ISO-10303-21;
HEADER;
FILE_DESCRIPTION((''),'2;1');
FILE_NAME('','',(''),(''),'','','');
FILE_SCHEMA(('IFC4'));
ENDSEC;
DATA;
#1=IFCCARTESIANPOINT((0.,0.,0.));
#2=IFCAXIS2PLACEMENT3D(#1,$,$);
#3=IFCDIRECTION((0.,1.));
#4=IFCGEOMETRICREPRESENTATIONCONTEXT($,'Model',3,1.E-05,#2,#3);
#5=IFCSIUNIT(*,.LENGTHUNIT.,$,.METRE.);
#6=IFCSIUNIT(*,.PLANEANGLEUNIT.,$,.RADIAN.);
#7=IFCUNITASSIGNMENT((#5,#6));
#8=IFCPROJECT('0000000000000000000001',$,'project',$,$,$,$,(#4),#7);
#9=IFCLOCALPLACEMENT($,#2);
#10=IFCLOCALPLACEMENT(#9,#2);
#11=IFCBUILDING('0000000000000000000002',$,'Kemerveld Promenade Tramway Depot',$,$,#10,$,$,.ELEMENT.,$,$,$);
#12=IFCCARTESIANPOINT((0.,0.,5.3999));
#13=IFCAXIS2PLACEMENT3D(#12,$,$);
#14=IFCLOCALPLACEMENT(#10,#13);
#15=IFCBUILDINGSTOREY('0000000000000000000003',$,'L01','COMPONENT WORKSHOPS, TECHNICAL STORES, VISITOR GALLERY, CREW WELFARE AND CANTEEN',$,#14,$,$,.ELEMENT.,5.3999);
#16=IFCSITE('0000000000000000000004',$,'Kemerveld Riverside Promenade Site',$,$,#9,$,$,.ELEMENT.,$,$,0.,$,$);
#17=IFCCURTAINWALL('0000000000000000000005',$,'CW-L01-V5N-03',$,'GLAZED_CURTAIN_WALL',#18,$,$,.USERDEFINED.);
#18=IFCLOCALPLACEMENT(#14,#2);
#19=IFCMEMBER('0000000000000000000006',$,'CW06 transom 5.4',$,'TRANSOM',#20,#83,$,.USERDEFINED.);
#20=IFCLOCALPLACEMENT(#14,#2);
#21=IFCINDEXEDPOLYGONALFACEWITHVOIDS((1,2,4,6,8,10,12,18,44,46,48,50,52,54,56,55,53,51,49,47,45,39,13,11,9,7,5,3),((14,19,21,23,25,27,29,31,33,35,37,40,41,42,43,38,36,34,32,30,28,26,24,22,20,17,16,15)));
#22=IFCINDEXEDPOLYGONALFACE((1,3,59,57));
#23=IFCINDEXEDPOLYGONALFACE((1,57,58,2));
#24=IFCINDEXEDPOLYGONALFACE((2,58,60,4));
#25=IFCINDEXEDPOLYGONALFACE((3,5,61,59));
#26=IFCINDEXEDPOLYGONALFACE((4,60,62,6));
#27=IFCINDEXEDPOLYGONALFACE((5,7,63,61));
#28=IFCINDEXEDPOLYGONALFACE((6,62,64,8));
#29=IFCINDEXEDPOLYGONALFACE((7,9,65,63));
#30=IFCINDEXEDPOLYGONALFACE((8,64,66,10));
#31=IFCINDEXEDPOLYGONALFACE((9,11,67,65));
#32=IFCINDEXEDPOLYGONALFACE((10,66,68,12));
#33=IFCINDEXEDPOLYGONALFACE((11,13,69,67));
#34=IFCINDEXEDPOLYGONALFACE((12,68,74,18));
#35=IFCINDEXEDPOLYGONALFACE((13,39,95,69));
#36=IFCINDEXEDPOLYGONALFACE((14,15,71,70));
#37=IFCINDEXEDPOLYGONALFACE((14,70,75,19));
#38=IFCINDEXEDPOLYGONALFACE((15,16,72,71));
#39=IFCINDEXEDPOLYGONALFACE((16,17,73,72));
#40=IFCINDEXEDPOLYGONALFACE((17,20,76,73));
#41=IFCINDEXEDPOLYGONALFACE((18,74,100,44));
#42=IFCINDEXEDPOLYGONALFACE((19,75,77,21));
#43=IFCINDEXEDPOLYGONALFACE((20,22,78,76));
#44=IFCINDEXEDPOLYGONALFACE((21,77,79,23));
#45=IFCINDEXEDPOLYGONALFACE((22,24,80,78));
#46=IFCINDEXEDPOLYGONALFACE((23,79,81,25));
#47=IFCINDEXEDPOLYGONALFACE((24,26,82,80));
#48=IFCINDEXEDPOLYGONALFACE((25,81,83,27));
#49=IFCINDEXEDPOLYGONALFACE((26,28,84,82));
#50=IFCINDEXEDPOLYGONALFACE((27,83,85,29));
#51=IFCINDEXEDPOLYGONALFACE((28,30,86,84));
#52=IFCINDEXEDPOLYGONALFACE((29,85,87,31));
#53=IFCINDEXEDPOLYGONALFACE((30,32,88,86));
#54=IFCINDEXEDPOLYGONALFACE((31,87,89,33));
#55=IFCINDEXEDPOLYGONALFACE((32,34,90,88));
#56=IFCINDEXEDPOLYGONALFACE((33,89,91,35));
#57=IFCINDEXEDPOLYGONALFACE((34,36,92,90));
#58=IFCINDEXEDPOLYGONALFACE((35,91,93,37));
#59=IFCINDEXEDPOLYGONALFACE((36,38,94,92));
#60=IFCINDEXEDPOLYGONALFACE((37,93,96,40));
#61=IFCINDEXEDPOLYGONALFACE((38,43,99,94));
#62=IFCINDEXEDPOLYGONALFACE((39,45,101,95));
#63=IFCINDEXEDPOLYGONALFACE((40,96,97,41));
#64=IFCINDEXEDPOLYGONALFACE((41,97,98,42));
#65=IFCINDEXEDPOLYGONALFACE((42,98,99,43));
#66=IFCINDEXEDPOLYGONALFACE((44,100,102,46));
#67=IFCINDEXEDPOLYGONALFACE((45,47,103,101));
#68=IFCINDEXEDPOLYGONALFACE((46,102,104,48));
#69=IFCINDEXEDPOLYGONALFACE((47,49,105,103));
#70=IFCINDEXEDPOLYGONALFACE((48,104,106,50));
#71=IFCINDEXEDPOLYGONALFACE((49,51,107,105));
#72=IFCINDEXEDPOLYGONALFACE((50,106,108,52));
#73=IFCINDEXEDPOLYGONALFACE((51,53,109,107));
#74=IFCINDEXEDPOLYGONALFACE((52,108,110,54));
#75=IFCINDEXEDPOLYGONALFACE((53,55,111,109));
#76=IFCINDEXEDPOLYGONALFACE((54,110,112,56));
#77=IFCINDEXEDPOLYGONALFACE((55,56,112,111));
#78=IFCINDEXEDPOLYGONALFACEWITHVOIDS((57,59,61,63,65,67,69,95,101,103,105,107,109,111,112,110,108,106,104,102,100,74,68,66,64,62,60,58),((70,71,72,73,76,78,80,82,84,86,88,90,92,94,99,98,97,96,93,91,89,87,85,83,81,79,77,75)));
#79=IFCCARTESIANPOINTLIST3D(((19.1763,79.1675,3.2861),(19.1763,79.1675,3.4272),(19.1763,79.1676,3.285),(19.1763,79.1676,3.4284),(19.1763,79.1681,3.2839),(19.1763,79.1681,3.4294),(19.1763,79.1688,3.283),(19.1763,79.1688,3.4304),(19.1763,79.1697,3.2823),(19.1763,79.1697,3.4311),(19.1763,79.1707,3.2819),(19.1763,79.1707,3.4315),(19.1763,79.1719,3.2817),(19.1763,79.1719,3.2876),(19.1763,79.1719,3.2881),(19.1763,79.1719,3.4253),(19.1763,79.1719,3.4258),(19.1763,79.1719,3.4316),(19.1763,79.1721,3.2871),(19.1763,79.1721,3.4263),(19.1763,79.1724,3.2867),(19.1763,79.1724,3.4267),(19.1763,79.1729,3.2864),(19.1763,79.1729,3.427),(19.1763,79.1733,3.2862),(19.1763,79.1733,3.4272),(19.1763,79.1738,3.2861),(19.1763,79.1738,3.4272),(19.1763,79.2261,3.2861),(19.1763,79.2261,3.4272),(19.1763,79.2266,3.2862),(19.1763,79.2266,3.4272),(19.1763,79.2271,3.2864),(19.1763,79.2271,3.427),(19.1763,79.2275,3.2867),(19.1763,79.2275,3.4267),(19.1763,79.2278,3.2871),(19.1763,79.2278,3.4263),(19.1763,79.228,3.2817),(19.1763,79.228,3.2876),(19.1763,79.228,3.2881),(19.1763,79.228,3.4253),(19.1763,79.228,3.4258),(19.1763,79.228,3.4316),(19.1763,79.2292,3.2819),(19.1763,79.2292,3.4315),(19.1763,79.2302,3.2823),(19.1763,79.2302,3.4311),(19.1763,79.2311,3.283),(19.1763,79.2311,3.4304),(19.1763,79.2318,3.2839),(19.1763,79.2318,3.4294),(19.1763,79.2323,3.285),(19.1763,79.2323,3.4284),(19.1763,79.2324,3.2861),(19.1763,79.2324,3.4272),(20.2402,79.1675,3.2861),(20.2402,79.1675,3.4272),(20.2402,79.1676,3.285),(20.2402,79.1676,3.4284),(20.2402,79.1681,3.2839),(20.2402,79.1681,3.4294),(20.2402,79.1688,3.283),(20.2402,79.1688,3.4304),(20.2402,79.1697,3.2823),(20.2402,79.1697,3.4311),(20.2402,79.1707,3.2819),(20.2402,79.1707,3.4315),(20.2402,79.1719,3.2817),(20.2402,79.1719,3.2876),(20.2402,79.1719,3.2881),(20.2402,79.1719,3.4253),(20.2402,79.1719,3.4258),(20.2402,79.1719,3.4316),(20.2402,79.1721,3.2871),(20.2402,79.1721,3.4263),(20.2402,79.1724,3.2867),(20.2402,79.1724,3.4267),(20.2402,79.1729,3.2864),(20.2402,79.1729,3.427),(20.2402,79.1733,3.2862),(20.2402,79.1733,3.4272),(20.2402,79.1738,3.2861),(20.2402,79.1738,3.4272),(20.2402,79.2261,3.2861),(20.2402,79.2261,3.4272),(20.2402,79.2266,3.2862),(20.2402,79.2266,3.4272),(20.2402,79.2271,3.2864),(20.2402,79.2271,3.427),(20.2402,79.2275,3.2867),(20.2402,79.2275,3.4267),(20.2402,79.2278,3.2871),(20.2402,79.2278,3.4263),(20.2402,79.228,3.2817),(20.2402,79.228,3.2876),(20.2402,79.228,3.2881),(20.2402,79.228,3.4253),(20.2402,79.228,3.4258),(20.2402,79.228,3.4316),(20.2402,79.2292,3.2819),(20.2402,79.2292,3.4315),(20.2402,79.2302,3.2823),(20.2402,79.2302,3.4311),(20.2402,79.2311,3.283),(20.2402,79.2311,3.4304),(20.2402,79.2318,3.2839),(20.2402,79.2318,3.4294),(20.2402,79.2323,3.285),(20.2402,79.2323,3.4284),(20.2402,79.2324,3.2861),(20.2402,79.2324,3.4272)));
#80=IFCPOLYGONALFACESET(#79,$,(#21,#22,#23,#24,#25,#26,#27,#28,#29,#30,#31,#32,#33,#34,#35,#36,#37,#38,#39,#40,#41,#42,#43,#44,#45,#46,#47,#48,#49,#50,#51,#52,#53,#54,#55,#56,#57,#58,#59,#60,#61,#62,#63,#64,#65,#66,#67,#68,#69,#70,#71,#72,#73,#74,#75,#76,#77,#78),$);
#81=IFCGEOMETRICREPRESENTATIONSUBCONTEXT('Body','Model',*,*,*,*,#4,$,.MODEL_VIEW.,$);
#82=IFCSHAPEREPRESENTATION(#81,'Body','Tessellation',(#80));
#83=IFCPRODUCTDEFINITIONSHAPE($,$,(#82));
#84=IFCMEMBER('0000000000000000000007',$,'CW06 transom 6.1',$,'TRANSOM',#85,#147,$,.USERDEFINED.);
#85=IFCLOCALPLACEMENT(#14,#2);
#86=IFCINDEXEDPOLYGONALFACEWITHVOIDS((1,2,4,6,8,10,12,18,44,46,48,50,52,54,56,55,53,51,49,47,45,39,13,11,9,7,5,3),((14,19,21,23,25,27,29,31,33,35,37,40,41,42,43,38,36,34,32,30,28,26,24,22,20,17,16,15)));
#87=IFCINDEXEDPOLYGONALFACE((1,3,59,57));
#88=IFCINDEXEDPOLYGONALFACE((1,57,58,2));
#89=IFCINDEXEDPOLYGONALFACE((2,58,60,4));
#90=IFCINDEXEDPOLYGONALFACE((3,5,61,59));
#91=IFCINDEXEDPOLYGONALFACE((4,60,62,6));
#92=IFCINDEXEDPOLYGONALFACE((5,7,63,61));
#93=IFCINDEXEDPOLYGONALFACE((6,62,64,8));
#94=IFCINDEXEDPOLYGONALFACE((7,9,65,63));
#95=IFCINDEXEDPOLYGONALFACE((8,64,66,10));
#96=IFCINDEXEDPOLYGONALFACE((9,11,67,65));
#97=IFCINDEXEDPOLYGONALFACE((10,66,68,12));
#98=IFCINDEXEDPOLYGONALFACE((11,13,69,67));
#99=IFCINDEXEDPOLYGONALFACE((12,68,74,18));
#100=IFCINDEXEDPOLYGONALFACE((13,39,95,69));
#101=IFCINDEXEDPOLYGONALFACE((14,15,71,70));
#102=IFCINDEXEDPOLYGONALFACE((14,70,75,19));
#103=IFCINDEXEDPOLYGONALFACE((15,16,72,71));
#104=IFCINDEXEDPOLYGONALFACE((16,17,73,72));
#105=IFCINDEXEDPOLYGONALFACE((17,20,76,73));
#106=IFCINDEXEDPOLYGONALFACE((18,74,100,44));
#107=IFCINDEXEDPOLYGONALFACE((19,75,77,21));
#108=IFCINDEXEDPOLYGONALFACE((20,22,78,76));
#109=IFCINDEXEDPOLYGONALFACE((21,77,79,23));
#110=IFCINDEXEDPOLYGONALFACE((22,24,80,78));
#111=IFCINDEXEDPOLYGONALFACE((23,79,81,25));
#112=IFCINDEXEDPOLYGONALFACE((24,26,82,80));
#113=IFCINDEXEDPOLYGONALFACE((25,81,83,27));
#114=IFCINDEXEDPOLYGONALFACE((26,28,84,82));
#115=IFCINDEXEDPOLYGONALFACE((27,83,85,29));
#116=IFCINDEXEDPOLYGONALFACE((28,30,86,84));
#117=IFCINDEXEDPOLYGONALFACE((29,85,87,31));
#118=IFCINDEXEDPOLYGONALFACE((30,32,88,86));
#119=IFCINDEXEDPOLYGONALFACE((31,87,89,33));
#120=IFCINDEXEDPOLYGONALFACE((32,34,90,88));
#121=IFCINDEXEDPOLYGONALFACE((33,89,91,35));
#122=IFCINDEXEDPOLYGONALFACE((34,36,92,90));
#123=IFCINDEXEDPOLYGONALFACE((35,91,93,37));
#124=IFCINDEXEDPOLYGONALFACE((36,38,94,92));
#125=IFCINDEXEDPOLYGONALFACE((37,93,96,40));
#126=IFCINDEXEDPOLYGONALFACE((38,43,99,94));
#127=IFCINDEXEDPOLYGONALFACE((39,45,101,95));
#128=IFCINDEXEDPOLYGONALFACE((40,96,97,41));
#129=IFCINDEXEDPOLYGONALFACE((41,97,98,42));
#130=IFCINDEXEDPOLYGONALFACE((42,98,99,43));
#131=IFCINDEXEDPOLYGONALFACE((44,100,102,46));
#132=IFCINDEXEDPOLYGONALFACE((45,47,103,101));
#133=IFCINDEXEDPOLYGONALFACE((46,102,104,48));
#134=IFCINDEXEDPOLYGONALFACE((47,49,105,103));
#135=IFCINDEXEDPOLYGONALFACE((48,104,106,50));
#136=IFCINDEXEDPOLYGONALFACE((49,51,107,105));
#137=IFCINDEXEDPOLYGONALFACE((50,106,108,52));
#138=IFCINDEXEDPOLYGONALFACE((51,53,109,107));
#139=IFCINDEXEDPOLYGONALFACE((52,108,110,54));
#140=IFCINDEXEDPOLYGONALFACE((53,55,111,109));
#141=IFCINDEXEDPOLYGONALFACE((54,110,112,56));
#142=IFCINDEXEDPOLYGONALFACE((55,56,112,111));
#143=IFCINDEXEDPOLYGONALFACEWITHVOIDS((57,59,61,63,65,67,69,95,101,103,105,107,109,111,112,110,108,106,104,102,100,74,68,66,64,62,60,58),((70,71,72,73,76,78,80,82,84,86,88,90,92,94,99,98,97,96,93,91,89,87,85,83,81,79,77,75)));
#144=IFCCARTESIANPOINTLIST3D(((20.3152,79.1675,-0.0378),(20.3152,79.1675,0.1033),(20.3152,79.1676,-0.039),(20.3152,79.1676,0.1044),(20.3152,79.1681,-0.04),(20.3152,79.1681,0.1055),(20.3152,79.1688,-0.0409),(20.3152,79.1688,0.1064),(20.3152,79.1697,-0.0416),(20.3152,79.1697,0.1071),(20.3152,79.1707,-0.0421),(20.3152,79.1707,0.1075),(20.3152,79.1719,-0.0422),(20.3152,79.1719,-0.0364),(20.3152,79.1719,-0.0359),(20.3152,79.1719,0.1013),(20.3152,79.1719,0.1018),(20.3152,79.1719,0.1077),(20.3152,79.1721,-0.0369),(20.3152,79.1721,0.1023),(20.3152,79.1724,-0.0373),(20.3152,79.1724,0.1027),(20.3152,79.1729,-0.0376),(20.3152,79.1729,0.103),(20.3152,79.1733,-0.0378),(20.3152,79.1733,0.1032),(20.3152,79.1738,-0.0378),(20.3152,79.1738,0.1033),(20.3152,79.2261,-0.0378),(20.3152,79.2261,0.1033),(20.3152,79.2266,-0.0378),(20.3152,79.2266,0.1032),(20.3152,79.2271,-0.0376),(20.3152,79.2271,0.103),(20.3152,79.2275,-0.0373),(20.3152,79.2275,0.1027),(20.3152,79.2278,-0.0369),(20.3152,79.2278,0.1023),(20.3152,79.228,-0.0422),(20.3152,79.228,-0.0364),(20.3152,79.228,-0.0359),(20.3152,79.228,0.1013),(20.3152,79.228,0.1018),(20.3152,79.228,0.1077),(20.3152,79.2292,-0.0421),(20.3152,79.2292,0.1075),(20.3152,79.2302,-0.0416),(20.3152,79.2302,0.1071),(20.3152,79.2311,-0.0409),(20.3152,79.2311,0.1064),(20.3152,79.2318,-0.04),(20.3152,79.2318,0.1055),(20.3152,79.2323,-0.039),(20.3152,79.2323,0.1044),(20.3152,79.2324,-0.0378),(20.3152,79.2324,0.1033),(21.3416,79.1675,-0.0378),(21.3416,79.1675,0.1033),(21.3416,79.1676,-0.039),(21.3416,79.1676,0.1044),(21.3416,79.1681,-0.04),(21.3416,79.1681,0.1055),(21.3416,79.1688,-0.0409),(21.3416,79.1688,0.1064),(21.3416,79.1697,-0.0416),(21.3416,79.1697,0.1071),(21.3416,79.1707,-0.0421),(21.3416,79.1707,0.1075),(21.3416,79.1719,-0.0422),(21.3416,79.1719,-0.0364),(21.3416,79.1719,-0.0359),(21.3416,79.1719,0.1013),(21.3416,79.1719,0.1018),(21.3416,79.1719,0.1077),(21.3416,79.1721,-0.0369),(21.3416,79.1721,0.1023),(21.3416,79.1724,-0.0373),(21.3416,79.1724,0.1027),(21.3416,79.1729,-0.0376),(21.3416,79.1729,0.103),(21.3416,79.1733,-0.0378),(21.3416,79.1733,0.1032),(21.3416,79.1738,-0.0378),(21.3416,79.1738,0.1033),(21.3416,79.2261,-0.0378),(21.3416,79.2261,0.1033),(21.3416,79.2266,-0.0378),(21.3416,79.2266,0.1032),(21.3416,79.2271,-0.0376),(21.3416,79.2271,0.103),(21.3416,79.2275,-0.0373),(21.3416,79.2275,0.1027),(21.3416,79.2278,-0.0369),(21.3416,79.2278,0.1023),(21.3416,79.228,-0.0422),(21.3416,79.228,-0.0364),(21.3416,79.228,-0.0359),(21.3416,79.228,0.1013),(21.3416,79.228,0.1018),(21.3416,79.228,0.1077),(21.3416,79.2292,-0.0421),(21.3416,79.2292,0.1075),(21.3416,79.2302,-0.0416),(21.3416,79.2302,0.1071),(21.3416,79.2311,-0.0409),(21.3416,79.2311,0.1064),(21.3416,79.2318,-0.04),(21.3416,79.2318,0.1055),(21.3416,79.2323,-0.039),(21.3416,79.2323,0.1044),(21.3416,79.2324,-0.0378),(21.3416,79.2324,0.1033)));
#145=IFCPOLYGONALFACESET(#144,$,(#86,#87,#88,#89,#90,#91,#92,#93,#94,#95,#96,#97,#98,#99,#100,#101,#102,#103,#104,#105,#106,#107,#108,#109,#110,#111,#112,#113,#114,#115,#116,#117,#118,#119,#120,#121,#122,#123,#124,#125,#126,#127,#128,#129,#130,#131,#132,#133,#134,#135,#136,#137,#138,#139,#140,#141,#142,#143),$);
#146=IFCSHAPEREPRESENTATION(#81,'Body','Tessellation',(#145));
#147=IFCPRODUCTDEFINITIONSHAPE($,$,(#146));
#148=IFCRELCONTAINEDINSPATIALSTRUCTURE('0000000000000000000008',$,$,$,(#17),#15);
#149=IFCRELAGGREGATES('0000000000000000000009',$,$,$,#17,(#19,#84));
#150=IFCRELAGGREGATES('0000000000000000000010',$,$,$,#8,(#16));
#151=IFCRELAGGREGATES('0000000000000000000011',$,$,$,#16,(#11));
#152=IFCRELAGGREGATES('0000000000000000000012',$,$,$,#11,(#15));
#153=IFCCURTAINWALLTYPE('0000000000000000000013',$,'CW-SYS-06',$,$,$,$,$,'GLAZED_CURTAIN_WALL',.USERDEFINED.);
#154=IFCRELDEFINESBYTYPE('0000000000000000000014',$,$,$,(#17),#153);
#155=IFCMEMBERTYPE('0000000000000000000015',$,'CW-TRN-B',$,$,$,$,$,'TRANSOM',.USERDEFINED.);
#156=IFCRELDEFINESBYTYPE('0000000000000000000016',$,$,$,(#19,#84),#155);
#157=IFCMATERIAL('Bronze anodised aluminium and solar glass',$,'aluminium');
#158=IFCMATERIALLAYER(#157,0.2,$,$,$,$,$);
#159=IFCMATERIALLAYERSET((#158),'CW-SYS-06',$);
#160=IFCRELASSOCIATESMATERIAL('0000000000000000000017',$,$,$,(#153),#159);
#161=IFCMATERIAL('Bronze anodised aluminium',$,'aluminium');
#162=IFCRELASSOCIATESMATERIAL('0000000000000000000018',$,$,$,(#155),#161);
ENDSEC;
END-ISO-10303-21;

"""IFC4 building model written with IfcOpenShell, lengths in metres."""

from ifc_helpers import new_model, si_unit, direction, frame, origin, origin_2d, place, context, subcontext, project, spatial, hollow_rectangle, extrude, material, layer, layer_set, material_profile, profile_set, type_object, element, aggregate, save


model = new_model("IFC4")

# Units and contexts
model_context = context("Model", 3, precision=1e-05, world=origin(), true_north=direction((0.0, 1.0)))
body_context = subcontext(model_context, "Body", "Model", "MODEL_VIEW")
ifc_project = project(units=[si_unit("LENGTHUNIT", "METRE"), si_unit("PLANEANGLEUNIT", "RADIAN")], contexts=[model_context])

# Site, building, storey
site_placement = place(None, origin())
site = spatial("IfcSite", under=ifc_project, at=site_placement, Name="Kemerveld Riverside Promenade Site", CompositionType="ELEMENT", RefElevation=0.0)
building_placement = place(site_placement, origin())
building = spatial("IfcBuilding", under=site, at=building_placement, Name="Kemerveld Promenade Tramway Depot", CompositionType="ELEMENT")
storey_placement = place(building_placement, frame((0.0, 0.0, 5.3999)))
storey = spatial("IfcBuildingStorey", under=building, at=storey_placement, Name="L01", Description="COMPONENT WORKSHOPS, TECHNICAL STORES, VISITOR GALLERY, CREW WELFARE AND CANTEEN", CompositionType="ELEMENT", Elevation=5.3999)

# Curtain wall, members
ifc_material_1 = material(Name="Bronze anodised aluminium and solar glass", Category="aluminium")
ifc_layer_1 = layer(ifc_material_1, 0.2)
ifc_layer_set_1 = layer_set([ifc_layer_1], Name="CW-SYS-06")
curtain_wall_type = type_object("IfcCurtainWallType", Name="CW-SYS-06", ElementType="GLAZED_CURTAIN_WALL", PredefinedType="USERDEFINED", material=ifc_layer_set_1)
curtain_wall_placement = place(storey_placement, origin())
curtain_wall = element("IfcCurtainWall", 1, at=curtain_wall_placement, inside=storey, type_object=curtain_wall_type, Name="CW-L01-V5N-03", ObjectType="GLAZED_CURTAIN_WALL", PredefinedType="USERDEFINED")
ifc_material_2 = material(Name="Bronze anodised aluminium", Category="aluminium")
ifc_material_profile_1 = material_profile(ifc_material_2, hollow_rectangle(XDim=0.0649, YDim=0.1499, WallThickness=0.0044, InnerFilletRadius=0.002, OuterFilletRadius=0.0044, at=origin_2d()), Name="CW-TRN-150x65")
ifc_profile_set_1 = profile_set([ifc_material_profile_1], Name="Bronze anodised aluminium")
member_type_1 = type_object("IfcMemberType", Name="CW-TRN-B", ElementType="TRANSOM", PredefinedType="USERDEFINED", material=ifc_profile_set_1)
member_1_placement = place(storey_placement, frame((19.1763, 79.2, 3.3567), z_axis=(1.0, 0.0, 0.0), x_axis=(0.0, 1.0, 0.0)))
member_1 = element("IfcMember", 2, at=member_1_placement, type_object=member_type_1, Name="CW06 transom 5.4", ObjectType="TRANSOM", PredefinedType="USERDEFINED", context=body_context, shape_type="SweptSolid", body=[
    extrude(hollow_rectangle(XDim=0.0649, YDim=0.1499, WallThickness=0.0044, InnerFilletRadius=0.002, OuterFilletRadius=0.0044, at=origin_2d()), origin(), (0.0, 0.0, 1.0), 1.064),
])
member_2_placement = place(storey_placement, frame((20.3152, 79.2, 0.0327), z_axis=(1.0, 0.0, 0.0), x_axis=(0.0, 1.0, 0.0)))
member_2 = element("IfcMember", 3, at=member_2_placement, type_object=member_type_1, Name="CW06 transom 6.1", ObjectType="TRANSOM", PredefinedType="USERDEFINED", context=body_context, shape_type="SweptSolid", body=[
    extrude(hollow_rectangle(XDim=0.0649, YDim=0.1499, WallThickness=0.0044, InnerFilletRadius=0.002, OuterFilletRadius=0.0044, at=origin_2d()), origin(), (0.0, 0.0, 1.0), 1.0264),
])
aggregate(curtain_wall, [member_1, member_2])

save(model, "model.ifc")
